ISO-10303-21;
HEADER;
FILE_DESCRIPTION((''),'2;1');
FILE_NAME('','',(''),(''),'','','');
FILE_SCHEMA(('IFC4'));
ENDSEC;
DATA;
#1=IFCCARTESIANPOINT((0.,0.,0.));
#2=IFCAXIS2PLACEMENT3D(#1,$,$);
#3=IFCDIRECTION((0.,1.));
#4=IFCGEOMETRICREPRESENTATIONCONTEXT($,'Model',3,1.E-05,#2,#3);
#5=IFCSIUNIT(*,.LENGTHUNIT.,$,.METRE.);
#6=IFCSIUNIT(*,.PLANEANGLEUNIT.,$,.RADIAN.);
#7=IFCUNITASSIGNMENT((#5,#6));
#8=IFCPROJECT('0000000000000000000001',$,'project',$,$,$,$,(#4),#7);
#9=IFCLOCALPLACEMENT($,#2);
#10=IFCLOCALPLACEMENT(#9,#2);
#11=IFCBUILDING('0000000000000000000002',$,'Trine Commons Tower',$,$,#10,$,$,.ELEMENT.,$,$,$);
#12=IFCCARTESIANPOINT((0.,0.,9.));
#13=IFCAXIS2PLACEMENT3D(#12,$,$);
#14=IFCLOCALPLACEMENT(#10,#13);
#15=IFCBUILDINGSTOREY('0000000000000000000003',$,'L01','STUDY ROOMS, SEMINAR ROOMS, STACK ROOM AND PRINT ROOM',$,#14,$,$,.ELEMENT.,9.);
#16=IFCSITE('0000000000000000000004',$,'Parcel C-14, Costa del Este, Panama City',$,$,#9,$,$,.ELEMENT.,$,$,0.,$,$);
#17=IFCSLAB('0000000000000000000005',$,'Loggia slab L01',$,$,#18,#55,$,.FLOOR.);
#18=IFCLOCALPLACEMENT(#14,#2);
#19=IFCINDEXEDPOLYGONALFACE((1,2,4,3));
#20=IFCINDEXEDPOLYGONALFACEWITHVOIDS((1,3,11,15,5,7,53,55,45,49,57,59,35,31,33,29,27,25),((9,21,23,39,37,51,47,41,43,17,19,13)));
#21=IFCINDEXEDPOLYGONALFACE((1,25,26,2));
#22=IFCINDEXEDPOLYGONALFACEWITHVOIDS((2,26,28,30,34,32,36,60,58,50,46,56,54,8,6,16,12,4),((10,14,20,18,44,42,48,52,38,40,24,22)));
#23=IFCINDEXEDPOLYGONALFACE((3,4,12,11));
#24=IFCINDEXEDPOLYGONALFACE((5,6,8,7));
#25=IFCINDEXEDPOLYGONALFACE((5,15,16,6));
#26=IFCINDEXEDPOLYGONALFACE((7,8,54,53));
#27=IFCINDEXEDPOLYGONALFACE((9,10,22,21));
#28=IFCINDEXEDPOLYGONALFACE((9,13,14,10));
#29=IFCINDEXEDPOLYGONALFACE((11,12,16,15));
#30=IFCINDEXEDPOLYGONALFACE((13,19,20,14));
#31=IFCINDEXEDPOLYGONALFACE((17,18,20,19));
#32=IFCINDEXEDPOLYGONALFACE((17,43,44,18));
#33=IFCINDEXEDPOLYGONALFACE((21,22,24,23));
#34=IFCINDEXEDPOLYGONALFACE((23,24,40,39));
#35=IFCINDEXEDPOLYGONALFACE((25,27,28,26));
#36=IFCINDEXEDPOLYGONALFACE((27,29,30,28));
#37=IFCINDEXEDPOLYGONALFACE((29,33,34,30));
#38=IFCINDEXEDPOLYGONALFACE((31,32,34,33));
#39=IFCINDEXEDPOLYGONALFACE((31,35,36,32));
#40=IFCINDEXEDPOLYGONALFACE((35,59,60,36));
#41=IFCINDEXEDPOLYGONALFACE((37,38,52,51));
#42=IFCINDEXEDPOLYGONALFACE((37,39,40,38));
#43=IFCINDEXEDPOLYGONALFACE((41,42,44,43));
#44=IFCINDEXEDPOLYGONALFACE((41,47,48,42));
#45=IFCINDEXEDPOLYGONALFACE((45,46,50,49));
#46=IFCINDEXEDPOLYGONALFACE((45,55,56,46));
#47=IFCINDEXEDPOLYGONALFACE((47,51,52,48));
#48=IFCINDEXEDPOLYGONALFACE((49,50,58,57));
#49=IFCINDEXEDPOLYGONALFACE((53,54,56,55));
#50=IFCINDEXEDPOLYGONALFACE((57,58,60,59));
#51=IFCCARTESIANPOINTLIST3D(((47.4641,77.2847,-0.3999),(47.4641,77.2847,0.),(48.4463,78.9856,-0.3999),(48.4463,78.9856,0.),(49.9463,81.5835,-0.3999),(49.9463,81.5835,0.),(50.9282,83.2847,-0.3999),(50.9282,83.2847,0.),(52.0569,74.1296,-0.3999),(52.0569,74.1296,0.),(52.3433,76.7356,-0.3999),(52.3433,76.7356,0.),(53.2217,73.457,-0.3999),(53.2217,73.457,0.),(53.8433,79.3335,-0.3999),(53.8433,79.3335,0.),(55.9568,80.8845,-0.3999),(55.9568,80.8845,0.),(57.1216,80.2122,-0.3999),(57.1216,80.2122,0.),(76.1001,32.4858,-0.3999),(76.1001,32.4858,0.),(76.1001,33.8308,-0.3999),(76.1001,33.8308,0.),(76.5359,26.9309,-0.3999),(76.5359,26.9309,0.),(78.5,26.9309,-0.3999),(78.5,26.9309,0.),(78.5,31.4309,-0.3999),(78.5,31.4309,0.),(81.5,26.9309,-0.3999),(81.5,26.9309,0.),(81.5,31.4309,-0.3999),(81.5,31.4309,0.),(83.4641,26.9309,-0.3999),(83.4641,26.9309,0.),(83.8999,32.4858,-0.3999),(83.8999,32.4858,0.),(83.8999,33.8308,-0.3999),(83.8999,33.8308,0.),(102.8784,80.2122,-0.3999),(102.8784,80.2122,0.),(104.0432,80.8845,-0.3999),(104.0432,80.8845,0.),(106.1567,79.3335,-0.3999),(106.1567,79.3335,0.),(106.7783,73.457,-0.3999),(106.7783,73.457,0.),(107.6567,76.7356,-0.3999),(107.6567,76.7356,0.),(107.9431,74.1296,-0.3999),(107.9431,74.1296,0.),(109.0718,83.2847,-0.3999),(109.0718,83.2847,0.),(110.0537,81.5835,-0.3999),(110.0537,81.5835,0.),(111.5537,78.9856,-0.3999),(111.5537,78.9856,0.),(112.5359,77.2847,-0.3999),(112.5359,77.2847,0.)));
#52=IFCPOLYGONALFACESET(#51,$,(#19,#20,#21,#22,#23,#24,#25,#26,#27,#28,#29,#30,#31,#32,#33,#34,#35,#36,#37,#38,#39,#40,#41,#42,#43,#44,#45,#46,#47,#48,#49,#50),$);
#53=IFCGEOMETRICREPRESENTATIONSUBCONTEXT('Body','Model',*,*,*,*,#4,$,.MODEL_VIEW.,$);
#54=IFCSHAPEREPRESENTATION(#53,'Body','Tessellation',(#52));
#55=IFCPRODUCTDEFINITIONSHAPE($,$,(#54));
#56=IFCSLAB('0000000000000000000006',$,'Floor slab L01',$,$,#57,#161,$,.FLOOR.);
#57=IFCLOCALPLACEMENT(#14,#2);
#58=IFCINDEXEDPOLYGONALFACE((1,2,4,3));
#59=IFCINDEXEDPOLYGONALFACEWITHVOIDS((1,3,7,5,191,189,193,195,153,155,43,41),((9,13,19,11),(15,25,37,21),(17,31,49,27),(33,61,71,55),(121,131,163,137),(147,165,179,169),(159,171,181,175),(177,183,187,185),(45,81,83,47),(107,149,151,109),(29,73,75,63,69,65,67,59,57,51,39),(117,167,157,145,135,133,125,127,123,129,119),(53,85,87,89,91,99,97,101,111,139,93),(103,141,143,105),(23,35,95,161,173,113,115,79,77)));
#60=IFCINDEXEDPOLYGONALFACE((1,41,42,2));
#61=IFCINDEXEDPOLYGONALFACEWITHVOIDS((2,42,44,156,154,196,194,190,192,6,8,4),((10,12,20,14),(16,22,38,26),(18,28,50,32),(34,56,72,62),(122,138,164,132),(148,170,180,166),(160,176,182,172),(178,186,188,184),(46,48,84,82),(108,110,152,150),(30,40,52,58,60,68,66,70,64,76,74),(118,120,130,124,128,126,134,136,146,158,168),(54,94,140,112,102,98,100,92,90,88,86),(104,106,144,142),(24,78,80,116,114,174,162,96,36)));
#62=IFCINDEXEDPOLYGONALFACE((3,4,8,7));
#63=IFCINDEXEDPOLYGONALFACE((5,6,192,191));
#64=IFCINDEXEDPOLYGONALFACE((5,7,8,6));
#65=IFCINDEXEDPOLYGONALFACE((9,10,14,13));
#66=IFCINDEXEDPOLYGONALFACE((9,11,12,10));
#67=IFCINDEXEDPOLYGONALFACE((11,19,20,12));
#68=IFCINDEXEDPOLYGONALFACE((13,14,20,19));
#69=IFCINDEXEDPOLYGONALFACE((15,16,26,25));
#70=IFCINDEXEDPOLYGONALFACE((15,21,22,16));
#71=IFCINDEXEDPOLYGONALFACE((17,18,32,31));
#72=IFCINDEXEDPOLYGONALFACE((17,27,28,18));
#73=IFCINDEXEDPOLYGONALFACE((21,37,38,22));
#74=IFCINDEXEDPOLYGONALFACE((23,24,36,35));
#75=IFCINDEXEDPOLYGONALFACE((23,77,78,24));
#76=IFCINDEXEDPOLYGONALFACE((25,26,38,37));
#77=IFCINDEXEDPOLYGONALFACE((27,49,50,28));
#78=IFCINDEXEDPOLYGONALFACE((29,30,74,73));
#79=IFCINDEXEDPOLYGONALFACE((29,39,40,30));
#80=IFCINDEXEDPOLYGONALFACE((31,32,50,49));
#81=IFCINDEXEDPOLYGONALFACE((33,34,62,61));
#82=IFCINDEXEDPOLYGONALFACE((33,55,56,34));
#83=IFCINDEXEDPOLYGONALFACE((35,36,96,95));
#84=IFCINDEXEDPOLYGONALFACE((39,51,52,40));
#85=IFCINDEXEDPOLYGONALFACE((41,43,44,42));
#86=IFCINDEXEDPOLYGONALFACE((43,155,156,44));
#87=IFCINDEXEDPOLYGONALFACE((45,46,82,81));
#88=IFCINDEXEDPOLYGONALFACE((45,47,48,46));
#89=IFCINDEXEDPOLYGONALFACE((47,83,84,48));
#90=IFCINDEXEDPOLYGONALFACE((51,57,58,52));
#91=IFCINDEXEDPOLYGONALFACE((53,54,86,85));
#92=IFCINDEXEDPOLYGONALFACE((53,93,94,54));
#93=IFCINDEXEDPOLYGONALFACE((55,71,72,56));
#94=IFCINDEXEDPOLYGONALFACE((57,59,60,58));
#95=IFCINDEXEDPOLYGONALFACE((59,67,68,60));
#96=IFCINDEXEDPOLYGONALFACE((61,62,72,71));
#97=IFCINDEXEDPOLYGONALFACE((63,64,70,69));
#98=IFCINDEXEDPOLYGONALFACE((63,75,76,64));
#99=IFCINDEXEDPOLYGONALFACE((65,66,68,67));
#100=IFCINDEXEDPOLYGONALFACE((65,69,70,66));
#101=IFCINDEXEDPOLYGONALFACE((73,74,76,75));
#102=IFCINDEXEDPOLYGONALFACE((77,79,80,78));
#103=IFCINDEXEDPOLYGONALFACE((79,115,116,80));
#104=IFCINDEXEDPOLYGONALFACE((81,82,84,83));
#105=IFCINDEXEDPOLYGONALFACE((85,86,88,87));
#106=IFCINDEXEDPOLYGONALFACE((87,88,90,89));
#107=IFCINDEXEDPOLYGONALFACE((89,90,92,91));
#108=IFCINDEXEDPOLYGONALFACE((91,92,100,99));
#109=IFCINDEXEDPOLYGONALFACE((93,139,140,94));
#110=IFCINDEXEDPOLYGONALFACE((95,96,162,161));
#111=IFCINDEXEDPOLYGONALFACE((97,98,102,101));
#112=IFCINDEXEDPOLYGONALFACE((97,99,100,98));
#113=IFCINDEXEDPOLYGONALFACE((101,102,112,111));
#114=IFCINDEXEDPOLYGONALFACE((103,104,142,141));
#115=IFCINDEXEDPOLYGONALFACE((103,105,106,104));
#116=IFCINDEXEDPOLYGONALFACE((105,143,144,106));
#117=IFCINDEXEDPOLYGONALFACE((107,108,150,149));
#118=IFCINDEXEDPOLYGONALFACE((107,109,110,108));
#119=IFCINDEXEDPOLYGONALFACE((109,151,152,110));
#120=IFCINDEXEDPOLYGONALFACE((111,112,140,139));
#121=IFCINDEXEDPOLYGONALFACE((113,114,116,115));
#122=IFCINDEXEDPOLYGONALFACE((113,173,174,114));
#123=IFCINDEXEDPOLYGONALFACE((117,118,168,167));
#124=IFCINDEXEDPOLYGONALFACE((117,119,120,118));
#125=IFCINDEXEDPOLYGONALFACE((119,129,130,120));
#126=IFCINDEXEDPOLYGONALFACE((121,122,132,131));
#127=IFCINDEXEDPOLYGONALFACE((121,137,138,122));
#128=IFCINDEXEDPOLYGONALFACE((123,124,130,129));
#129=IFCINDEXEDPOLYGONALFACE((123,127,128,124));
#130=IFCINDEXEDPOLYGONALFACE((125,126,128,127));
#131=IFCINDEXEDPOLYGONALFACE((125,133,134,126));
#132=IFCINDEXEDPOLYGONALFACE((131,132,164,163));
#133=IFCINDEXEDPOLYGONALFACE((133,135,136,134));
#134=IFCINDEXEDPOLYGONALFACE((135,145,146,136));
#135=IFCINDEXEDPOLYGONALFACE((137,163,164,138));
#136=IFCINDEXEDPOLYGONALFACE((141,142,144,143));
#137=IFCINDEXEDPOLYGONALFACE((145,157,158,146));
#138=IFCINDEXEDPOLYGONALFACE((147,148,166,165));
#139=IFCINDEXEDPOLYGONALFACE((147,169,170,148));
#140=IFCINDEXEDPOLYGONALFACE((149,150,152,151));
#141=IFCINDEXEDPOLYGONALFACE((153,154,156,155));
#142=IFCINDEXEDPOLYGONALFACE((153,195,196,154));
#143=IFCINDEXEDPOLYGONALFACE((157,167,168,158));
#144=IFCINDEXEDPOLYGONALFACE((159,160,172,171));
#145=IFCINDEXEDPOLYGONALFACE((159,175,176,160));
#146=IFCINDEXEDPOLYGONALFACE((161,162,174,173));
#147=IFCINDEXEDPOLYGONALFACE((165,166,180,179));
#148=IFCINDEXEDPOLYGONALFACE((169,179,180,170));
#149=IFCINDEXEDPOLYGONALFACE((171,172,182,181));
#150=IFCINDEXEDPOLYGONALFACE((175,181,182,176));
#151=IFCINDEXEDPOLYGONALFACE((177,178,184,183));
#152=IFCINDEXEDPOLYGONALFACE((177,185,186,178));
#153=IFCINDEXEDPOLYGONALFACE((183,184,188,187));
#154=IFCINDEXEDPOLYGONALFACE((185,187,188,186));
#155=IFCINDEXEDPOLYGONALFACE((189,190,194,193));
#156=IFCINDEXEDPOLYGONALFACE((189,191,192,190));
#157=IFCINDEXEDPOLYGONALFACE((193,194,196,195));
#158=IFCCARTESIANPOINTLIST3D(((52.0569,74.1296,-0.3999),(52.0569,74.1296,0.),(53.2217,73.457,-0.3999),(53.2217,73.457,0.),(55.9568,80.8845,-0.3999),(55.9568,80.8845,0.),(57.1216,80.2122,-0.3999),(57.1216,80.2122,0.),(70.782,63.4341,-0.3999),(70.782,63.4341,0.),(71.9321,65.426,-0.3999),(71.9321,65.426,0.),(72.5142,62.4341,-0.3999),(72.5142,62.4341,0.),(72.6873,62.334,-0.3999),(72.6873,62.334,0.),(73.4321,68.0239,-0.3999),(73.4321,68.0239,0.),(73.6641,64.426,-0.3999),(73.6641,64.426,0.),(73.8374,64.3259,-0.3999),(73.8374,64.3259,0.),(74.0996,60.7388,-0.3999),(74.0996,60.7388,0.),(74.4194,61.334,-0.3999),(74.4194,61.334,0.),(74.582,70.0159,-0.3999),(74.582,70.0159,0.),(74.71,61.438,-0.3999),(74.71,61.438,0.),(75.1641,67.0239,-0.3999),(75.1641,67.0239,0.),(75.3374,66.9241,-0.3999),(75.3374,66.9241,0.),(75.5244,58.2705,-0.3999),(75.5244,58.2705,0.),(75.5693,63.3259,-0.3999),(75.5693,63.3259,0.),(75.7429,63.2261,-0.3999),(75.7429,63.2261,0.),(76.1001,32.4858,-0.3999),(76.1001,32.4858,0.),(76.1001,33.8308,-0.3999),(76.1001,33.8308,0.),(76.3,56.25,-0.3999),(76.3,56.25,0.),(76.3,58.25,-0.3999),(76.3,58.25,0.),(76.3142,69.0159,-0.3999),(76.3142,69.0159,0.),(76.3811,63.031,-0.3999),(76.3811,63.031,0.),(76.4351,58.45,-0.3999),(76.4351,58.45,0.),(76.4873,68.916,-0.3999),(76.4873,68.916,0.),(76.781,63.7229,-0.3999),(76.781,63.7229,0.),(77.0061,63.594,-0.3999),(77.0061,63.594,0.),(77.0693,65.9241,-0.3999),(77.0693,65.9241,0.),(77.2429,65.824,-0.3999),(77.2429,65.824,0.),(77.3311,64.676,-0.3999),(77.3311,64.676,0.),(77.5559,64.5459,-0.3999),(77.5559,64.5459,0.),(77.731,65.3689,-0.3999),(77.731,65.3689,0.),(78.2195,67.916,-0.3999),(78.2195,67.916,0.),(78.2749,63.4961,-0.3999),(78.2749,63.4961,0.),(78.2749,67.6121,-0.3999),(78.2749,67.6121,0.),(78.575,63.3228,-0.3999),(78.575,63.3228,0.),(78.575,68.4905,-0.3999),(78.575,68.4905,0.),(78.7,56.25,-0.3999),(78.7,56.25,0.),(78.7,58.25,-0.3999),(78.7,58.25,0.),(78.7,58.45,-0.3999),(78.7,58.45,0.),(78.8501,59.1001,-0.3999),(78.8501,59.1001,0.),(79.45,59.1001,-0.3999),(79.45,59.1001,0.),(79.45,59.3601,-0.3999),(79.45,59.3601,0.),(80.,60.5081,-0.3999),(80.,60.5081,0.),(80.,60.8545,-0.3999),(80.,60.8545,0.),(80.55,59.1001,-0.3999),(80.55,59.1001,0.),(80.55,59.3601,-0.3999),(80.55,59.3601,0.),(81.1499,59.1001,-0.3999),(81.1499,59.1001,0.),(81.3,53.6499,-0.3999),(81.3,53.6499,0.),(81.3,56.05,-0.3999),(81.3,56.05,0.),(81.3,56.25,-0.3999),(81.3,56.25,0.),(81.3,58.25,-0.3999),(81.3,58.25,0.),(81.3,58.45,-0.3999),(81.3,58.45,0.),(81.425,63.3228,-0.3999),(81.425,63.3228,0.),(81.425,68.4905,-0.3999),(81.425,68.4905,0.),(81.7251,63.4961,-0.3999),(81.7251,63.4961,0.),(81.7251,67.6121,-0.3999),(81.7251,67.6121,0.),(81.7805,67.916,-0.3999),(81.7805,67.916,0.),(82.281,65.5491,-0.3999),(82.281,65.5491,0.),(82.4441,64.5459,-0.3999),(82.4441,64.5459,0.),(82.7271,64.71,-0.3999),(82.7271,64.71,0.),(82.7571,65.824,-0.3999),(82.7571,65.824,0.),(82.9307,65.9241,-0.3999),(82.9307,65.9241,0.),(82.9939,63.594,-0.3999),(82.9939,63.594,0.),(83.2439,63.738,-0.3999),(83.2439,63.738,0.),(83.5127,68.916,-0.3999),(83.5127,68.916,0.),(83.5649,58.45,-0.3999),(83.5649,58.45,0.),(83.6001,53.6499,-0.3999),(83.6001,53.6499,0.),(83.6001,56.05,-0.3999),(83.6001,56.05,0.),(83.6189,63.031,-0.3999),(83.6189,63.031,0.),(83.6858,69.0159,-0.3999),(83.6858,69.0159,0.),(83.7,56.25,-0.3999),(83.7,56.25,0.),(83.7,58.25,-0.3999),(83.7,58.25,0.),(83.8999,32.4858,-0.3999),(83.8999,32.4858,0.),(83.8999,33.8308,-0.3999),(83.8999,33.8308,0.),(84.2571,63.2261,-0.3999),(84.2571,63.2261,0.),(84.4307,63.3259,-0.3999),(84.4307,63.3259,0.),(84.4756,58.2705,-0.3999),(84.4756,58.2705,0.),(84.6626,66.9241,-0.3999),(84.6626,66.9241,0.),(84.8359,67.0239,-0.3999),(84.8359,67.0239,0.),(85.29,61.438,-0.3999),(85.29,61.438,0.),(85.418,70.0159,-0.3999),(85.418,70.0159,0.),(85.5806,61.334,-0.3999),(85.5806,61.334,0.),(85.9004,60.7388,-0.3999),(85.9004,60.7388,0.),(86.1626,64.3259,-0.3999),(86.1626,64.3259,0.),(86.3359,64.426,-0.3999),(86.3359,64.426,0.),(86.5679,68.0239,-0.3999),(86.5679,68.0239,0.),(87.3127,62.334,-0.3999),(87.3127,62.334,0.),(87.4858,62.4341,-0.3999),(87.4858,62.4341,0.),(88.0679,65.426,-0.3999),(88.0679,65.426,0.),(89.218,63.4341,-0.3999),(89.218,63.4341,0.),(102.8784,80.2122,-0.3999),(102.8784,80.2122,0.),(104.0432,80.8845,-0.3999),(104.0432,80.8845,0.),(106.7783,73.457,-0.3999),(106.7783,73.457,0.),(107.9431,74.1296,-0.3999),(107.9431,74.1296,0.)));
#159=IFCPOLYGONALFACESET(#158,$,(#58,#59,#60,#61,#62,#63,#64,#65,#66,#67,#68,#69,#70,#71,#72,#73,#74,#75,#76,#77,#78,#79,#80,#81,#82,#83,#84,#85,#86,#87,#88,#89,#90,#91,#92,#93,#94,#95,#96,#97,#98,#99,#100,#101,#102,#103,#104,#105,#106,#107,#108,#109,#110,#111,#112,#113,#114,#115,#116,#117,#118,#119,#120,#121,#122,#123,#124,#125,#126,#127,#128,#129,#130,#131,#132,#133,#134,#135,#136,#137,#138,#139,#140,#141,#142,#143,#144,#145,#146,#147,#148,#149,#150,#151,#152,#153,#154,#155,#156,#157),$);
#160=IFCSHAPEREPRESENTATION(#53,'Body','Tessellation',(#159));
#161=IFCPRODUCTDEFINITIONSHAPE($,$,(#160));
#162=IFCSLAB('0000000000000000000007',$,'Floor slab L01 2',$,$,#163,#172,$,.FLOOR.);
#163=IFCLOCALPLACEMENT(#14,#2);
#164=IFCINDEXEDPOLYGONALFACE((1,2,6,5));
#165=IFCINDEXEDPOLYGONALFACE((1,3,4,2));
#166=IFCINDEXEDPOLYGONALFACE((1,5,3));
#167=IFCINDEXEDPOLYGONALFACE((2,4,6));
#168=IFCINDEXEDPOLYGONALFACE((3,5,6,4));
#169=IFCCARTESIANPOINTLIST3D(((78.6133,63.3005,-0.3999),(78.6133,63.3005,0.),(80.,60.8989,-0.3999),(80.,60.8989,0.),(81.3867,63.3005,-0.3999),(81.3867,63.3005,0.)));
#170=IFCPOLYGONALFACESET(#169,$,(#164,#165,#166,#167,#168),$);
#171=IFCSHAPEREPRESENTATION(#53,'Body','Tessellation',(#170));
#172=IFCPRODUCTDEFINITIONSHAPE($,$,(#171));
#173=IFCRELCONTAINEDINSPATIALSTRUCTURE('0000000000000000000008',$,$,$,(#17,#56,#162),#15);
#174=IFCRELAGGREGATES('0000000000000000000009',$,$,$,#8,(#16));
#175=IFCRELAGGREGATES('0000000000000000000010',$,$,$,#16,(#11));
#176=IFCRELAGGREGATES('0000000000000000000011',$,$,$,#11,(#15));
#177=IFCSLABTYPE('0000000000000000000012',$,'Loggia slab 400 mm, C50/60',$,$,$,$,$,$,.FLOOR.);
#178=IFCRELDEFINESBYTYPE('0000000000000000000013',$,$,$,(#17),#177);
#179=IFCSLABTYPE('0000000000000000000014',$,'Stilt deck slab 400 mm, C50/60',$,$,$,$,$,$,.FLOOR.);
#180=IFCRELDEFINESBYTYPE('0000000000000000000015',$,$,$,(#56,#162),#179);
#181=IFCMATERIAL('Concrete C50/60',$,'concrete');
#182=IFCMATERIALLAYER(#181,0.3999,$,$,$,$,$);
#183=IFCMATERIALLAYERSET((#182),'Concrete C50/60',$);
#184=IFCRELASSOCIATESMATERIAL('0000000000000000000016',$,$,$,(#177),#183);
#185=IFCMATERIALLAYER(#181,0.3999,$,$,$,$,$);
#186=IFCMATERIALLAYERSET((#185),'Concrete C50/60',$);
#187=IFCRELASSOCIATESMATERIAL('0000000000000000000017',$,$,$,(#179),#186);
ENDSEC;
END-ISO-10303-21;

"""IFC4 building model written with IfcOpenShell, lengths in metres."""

from ifc_helpers import new_model, si_unit, direction, frame, origin, place, context, subcontext, project, spatial, polyline, outline, extrude, material, layer, layer_set, type_object, element, save


model = new_model("IFC4")

# Units and contexts
model_context = context("Model", 3, precision=1e-05, world=origin(), true_north=direction((0.0, 1.0)))
body_context = subcontext(model_context, "Body", "Model", "MODEL_VIEW")
ifc_project = project(units=[si_unit("LENGTHUNIT", "METRE"), si_unit("PLANEANGLEUNIT", "RADIAN")], contexts=[model_context])

# Site, building, storey
site_placement = place(None, origin())
site = spatial("IfcSite", under=ifc_project, at=site_placement, Name="Parcel C-14, Costa del Este, Panama City", CompositionType="ELEMENT", RefElevation=0.0)
building_placement = place(site_placement, origin())
building = spatial("IfcBuilding", under=site, at=building_placement, Name="Trine Commons Tower", CompositionType="ELEMENT")
storey_placement = place(building_placement, frame((0.0, 0.0, 9.0)))
storey = spatial("IfcBuildingStorey", under=building, at=storey_placement, Name="L01", Description="STUDY ROOMS, SEMINAR ROOMS, STACK ROOM AND PRINT ROOM", CompositionType="ELEMENT", Elevation=9.0)

# Slabs
ifc_material_1 = material(Name="Concrete C50/60", Category="concrete")
ifc_layer_1 = layer(ifc_material_1, 0.3999)
ifc_layer_set_1 = layer_set([ifc_layer_1], Name="Concrete C50/60")
slab_type_1 = type_object("IfcSlabType", Name="Loggia slab 400 mm, C50/60", PredefinedType="FLOOR", material=ifc_layer_set_1)
slab_1_placement = place(storey_placement, frame((0.0, 0.0, -0.3999)))
element("IfcSlab", 1, at=slab_1_placement, inside=storey, type_object=slab_type_1, Name="Loggia slab L01", PredefinedType="FLOOR", context=body_context, shape_type="SweptSolid", body=[
    extrude(outline(polyline([(83.4641, 26.9309), (112.5359, 77.2847), (111.5537, 78.9856), (107.6567, 76.7356), (106.1567, 79.3335), (110.0537, 81.5835), (109.0718, 83.2847), (50.9282, 83.2847), (49.9463, 81.5835), (53.8433, 79.3335), (52.3433, 76.7356), (48.4463, 78.9856), (47.4641, 77.2847), (76.5359, 26.9309), (78.5, 26.9309), (78.5, 31.4309), (81.5, 31.4309), (81.5, 26.9309), (83.4641, 26.9309)]), holes=[polyline([(76.1001, 32.4858), (76.1001, 33.8308), (83.8999, 33.8308), (83.8999, 32.4858), (107.9431, 74.1296), (106.7783, 73.457), (102.8784, 80.2122), (104.0432, 80.8845), (55.9568, 80.8845), (57.1216, 80.2122), (53.2217, 73.457), (52.0569, 74.1296), (76.1001, 32.4858)])]), origin(), (0.0, 0.0, 1.0), 0.3999),
])
ifc_layer_2 = layer(ifc_material_1, 0.3999)
ifc_layer_set_2 = layer_set([ifc_layer_2], Name="Concrete C50/60")
slab_type_2 = type_object("IfcSlabType", Name="Stilt deck slab 400 mm, C50/60", PredefinedType="FLOOR", material=ifc_layer_set_2)
slab_2_placement = place(storey_placement, frame((0.0, 0.0, -0.3999)))
element("IfcSlab", 2, at=slab_2_placement, inside=storey, type_object=slab_type_2, Name="Floor slab L01", PredefinedType="FLOOR", context=body_context, shape_type="SweptSolid", body=[
    extrude(outline(polyline([(52.0569, 74.1296), (76.1001, 32.4858), (76.1001, 33.8308), (83.8999, 33.8308), (83.8999, 32.4858), (107.9431, 74.1296), (106.7783, 73.457), (102.8784, 80.2122), (104.0432, 80.8845), (55.9568, 80.8845), (57.1216, 80.2122), (53.2217, 73.457), (52.0569, 74.1296)]), holes=[polyline([(76.3, 56.25), (78.7, 56.25), (78.7, 58.25), (76.3, 58.25), (76.3, 56.25)]), polyline([(81.1499, 59.1001), (81.3, 58.45), (83.5649, 58.45), (80.0, 60.5081), (76.4351, 58.45), (78.7, 58.45), (78.8501, 59.1001), (79.45, 59.1001), (79.45, 59.3601), (80.55, 59.3601), (80.55, 59.1001), (81.1499, 59.1001)]), polyline([(80.0, 60.8545), (84.4756, 58.2705), (85.9004, 60.7388), (81.425, 63.3228), (81.425, 68.4905), (78.575, 68.4905), (78.575, 63.3228), (74.0996, 60.7388), (75.5244, 58.2705), (80.0, 60.8545)]), polyline([(73.8374, 64.3259), (72.6873, 62.334), (74.4194, 61.334), (75.5693, 63.3259), (73.8374, 64.3259)]), polyline([(71.9321, 65.426), (70.782, 63.4341), (72.5142, 62.4341), (73.6641, 64.426), (71.9321, 65.426)]), polyline([(76.781, 63.7229), (76.3811, 63.031), (75.7429, 63.2261), (74.71, 61.438), (78.2749, 63.4961), (78.2749, 67.6121), (77.2429, 65.824), (77.731, 65.3689), (77.3311, 64.676), (77.5559, 64.5459), (77.0061, 63.594), (76.781, 63.7229)]), polyline([(76.4873, 68.916), (75.3374, 66.9241), (77.0693, 65.9241), (78.2195, 67.916), (76.4873, 68.916)]), polyline([(74.582, 70.0159), (73.4321, 68.0239), (75.1641, 67.0239), (76.3142, 69.0159), (74.582, 70.0159)]), polyline([(81.3, 53.6499), (83.6001, 53.6499), (83.6001, 56.05), (81.3, 56.05), (81.3, 53.6499)]), polyline([(81.3, 56.25), (83.7, 56.25), (83.7, 58.25), (81.3, 58.25), (81.3, 56.25)]), polyline([(87.3127, 62.334), (86.1626, 64.3259), (84.4307, 63.3259), (85.5806, 61.334), (87.3127, 62.334)]), polyline([(89.218, 63.4341), (88.0679, 65.426), (86.3359, 64.426), (87.4858, 62.4341), (89.218, 63.4341)]), polyline([(83.2439, 63.738), (82.9939, 63.594), (82.4441, 64.5459), (82.7271, 64.71), (82.281, 65.5491), (82.7571, 65.824), (81.7251, 67.6121), (81.7251, 63.4961), (85.29, 61.438), (84.2571, 63.2261), (83.6189, 63.031), (83.2439, 63.738)]), polyline([(82.9307, 65.9241), (84.6626, 66.9241), (83.5127, 68.916), (81.7805, 67.916), (82.9307, 65.9241)]), polyline([(84.8359, 67.0239), (86.5679, 68.0239), (85.418, 70.0159), (83.6858, 69.0159), (84.8359, 67.0239)])]), origin(), (0.0, 0.0, 1.0), 0.3999),
])
slab_3_placement = place(storey_placement, frame((0.0, 0.0, -0.3999)))
element("IfcSlab", 3, at=slab_3_placement, inside=storey, type_object=slab_type_2, Name="Floor slab L01 2", PredefinedType="FLOOR", context=body_context, shape_type="SweptSolid", body=[
    extrude(outline(polyline([(78.6133, 63.3005), (80.0, 60.8989), (81.3867, 63.3005), (78.6133, 63.3005)])), origin(), (0.0, 0.0, 1.0), 0.3999),
])

save(model, "model.ifc")
